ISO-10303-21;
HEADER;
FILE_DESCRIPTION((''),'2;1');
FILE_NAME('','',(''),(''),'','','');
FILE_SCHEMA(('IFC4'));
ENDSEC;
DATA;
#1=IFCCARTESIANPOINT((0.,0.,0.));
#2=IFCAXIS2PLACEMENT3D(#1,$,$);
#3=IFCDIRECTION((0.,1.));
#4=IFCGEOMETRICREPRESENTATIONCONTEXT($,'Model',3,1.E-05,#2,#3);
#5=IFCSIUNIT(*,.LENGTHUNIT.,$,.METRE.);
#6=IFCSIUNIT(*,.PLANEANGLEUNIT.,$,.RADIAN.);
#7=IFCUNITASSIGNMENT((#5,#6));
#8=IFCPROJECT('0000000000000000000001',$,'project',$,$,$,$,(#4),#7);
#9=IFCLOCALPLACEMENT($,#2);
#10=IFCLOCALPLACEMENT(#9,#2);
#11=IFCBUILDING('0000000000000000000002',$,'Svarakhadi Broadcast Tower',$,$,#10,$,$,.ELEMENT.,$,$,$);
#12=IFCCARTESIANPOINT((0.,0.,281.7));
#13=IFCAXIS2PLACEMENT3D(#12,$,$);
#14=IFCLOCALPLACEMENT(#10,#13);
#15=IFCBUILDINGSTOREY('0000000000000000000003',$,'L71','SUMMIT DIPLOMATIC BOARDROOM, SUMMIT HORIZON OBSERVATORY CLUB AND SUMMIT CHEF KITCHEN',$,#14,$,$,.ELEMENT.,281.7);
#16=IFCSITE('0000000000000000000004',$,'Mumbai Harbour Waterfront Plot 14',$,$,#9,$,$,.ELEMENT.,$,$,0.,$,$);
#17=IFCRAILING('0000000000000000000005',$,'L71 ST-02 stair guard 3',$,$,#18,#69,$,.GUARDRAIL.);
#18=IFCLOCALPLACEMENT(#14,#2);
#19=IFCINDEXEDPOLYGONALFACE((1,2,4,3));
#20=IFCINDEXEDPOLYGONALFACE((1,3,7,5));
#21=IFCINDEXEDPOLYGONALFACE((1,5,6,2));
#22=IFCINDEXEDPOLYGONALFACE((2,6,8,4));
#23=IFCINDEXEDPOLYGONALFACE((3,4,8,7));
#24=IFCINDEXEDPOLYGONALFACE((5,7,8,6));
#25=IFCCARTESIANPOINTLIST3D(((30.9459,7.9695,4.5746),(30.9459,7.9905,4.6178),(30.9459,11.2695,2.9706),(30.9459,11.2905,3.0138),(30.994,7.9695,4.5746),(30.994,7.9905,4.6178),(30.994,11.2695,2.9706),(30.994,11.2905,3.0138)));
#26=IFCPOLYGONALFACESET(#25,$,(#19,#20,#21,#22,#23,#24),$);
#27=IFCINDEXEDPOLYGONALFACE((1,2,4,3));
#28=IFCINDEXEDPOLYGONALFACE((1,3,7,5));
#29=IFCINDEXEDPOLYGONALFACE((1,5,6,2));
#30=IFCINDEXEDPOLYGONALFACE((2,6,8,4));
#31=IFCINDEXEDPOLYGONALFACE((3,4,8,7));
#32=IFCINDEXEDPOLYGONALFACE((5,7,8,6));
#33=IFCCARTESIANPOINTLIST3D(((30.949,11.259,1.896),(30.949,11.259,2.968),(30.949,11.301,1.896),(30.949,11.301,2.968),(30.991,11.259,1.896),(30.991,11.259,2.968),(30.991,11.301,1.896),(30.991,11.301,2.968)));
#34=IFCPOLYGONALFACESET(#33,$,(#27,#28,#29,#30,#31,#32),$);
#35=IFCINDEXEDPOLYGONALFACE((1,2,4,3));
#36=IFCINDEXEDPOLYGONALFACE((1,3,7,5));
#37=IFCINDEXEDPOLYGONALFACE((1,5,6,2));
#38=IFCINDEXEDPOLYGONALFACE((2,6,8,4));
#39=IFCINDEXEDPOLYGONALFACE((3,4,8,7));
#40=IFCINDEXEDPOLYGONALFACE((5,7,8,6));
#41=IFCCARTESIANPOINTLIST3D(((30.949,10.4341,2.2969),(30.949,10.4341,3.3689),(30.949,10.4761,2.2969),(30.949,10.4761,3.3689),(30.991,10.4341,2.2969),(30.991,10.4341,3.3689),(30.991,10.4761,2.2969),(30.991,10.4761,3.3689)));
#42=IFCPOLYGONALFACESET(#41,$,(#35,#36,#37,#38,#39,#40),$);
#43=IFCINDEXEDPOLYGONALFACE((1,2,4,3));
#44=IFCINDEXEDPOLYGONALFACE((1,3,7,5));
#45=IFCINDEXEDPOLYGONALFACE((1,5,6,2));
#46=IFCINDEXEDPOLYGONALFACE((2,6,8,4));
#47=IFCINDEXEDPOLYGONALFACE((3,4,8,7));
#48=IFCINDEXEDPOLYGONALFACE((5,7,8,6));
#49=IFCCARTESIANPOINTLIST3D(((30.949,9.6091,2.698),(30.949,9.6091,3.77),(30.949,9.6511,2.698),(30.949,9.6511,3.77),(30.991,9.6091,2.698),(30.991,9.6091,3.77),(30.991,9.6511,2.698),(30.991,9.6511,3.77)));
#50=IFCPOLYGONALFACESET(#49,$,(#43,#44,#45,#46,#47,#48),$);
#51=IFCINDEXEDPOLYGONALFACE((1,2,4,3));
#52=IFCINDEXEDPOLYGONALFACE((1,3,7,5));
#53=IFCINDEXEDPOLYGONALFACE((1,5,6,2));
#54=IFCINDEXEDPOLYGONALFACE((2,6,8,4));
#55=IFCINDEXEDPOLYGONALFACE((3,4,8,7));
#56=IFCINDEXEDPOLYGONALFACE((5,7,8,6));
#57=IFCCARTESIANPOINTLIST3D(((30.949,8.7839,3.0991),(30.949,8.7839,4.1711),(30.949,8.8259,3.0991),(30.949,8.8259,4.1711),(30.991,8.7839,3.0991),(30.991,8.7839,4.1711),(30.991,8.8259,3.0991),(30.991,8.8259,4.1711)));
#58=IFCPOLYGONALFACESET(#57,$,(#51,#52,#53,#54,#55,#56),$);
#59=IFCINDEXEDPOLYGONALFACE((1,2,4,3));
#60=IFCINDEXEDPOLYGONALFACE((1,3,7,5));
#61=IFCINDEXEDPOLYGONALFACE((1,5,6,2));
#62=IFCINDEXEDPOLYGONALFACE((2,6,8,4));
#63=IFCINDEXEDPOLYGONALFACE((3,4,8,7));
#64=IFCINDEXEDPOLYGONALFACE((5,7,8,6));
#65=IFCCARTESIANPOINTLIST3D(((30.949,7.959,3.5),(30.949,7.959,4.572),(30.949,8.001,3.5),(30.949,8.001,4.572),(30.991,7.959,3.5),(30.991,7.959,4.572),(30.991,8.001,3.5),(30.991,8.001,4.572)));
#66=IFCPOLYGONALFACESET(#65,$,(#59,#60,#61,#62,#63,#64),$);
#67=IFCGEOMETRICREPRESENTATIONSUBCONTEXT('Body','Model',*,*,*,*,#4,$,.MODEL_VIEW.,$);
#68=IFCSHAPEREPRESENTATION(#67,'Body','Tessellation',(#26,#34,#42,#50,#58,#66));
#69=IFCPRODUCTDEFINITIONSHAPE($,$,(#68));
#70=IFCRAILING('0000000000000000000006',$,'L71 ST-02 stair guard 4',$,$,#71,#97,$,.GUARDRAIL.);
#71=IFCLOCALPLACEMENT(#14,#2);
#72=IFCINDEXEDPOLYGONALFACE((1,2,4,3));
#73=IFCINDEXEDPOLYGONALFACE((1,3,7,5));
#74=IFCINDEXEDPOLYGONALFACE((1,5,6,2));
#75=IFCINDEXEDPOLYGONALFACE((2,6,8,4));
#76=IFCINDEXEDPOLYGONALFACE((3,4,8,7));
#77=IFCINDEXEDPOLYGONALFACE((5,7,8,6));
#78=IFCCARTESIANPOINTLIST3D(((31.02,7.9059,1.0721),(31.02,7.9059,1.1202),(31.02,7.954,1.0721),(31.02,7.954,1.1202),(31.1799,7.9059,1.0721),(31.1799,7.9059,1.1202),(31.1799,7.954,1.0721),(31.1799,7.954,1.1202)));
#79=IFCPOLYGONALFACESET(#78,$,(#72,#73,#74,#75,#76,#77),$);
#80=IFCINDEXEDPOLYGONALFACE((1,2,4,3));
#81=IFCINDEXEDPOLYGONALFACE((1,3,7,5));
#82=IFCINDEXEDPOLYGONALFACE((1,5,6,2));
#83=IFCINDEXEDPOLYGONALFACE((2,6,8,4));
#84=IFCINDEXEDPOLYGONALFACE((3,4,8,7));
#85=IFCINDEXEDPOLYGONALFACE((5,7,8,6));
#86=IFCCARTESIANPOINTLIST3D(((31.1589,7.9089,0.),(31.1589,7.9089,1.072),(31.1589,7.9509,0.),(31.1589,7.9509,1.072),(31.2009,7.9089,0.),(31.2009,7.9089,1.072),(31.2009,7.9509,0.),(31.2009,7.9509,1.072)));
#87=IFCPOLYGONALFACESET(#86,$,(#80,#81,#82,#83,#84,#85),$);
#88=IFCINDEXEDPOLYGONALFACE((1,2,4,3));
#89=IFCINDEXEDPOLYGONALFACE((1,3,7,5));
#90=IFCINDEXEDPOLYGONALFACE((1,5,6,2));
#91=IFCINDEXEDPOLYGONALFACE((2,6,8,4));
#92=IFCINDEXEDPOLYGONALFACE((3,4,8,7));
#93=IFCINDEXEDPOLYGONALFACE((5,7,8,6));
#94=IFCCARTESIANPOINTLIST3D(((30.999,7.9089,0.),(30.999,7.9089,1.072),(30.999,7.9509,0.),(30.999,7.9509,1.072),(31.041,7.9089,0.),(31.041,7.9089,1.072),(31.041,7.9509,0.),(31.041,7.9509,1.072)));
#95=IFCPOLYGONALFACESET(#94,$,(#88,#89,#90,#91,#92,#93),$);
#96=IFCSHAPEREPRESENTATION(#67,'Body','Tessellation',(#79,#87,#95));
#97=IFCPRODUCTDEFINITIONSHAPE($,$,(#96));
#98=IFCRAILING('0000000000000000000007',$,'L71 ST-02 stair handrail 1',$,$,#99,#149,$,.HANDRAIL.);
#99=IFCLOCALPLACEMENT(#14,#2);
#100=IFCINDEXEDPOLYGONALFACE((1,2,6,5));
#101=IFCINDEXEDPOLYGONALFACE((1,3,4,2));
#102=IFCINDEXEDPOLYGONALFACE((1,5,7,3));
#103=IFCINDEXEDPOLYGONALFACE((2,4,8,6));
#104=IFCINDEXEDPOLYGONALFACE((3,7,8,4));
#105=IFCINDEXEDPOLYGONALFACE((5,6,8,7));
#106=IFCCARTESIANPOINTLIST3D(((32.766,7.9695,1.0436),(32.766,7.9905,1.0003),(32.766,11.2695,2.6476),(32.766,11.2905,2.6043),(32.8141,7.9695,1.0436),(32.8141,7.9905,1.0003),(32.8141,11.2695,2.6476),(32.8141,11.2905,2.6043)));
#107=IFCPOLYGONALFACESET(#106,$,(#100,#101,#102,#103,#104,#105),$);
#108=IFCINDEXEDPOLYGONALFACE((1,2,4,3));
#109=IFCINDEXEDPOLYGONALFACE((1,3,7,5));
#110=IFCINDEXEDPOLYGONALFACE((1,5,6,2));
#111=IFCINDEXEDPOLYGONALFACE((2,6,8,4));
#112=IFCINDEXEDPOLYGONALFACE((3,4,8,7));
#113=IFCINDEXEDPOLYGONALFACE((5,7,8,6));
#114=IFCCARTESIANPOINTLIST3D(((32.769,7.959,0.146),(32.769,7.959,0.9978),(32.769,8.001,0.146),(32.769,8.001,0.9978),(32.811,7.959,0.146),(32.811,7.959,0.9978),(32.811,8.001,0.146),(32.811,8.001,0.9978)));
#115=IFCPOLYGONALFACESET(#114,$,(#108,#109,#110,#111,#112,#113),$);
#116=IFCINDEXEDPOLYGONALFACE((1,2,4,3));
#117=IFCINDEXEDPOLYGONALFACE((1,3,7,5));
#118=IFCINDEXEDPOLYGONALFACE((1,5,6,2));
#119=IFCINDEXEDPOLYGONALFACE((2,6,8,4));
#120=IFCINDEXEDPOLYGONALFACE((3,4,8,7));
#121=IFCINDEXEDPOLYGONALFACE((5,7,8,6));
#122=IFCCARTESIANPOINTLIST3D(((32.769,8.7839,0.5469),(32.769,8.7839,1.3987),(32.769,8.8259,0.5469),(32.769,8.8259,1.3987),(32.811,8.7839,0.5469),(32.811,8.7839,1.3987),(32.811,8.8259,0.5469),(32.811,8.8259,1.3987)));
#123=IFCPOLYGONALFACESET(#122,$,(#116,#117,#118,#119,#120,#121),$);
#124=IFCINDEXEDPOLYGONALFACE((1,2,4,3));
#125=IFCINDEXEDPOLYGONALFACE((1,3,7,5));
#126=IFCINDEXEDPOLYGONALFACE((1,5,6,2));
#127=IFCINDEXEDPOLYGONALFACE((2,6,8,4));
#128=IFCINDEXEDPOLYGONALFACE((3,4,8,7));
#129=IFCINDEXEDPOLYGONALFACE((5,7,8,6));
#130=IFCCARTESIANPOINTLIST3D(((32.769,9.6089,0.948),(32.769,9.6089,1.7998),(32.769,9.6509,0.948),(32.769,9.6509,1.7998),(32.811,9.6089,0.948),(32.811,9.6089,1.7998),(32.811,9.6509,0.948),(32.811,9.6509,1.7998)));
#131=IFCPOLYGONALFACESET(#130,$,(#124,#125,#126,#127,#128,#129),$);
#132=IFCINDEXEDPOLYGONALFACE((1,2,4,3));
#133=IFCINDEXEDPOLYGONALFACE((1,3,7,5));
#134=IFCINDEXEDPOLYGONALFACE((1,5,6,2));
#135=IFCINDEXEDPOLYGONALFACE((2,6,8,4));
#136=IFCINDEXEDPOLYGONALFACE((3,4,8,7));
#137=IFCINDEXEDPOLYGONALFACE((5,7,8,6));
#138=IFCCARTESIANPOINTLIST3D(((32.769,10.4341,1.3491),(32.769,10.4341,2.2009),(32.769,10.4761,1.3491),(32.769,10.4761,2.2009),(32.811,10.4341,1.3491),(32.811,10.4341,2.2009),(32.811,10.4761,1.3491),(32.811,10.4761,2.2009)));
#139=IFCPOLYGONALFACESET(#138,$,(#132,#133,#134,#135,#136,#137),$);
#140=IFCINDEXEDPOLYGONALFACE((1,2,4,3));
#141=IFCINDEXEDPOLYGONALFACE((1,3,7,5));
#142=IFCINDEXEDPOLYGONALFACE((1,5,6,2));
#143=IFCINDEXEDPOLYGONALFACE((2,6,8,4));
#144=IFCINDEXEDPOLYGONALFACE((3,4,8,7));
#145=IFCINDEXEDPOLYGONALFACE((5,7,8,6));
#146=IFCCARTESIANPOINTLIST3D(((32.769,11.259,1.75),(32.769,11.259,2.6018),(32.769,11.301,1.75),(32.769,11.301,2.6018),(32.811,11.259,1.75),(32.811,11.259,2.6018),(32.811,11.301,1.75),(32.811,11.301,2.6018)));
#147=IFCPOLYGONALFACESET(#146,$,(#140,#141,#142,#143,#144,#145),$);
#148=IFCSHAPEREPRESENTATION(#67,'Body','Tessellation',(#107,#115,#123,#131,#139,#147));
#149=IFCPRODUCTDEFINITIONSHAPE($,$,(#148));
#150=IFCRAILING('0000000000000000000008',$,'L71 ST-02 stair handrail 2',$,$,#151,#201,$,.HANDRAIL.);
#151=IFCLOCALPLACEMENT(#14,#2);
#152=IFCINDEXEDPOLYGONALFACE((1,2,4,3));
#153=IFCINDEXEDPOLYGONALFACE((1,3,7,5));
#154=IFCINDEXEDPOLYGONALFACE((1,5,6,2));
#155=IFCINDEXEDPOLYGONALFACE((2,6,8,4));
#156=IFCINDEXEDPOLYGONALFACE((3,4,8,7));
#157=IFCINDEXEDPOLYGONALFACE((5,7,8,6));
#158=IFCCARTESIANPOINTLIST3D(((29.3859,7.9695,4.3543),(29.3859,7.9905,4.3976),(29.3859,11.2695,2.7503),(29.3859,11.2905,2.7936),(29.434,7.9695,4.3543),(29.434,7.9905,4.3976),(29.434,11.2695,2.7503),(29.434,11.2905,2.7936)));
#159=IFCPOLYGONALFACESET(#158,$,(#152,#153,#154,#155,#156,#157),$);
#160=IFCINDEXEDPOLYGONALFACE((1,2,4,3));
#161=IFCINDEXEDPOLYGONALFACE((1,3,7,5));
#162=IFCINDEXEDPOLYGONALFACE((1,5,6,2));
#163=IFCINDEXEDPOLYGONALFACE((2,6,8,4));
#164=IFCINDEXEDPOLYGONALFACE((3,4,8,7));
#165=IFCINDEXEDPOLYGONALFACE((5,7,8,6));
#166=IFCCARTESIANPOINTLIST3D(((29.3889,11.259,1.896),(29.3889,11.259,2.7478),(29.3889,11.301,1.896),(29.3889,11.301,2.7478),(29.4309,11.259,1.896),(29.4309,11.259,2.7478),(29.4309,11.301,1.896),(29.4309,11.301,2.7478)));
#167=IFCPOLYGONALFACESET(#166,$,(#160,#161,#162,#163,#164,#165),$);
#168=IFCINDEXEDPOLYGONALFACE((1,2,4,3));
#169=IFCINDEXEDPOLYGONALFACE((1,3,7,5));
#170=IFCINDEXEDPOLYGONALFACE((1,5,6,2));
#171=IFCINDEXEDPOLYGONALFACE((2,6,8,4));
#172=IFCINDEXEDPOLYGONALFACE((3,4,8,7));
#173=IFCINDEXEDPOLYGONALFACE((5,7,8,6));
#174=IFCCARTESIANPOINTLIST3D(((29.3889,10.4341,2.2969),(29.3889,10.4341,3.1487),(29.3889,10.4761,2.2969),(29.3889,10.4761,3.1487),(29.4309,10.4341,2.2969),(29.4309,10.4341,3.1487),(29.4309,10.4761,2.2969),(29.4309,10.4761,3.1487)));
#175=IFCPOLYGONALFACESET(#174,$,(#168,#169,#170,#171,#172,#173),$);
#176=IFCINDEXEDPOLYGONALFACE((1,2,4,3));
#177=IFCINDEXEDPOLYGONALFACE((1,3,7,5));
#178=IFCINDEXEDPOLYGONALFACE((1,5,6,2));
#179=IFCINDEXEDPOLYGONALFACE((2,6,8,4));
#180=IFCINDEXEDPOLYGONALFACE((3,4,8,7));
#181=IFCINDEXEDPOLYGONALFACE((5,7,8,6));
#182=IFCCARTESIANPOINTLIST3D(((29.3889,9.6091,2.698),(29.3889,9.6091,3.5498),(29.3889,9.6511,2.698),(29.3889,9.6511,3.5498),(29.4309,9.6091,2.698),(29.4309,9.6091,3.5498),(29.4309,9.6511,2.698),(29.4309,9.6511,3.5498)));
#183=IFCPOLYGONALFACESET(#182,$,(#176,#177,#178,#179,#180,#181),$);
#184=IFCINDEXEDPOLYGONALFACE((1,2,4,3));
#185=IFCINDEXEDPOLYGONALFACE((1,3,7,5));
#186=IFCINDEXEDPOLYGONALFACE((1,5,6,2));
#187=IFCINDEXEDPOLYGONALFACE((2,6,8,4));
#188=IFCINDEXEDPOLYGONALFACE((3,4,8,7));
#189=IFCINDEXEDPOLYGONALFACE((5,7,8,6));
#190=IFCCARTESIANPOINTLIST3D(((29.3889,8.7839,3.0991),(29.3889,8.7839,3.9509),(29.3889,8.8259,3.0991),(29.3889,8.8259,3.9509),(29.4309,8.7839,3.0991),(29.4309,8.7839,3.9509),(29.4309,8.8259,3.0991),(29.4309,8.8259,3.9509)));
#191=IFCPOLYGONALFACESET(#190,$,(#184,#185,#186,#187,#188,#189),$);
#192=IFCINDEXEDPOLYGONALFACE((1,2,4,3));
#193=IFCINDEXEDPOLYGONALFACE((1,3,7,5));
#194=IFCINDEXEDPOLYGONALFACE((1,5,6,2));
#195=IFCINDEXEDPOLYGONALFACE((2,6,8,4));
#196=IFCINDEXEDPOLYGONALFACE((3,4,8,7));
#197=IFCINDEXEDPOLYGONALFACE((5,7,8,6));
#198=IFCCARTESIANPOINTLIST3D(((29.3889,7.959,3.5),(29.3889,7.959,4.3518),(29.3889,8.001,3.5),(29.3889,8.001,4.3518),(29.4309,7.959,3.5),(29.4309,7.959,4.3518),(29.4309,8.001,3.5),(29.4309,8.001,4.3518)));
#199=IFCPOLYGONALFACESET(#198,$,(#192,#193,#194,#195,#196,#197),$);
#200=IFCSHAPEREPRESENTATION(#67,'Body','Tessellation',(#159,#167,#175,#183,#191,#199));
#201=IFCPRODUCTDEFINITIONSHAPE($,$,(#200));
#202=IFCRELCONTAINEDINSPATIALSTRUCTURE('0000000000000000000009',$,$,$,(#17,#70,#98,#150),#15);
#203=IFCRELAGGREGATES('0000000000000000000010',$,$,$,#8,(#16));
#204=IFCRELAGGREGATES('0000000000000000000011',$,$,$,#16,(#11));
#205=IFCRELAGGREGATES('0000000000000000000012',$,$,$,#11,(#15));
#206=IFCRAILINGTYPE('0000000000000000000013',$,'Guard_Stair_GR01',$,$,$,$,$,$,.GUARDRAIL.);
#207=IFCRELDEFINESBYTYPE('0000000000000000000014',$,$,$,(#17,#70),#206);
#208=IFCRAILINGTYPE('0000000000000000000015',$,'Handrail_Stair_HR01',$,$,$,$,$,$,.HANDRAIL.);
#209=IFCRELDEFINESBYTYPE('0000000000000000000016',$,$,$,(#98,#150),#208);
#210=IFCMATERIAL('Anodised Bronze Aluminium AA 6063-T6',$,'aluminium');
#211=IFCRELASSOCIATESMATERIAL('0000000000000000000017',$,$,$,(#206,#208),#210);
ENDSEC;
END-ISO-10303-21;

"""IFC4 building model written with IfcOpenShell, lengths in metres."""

from ifc_helpers import new_model, si_unit, direction, frame, origin, origin_2d, place, context, subcontext, project, spatial, rectangle, extrude, material, type_object, element, save


model = new_model("IFC4")

# Units and contexts
model_context = context("Model", 3, precision=1e-05, world=origin(), true_north=direction((0.0, 1.0)))
body_context = subcontext(model_context, "Body", "Model", "MODEL_VIEW")
ifc_project = project(units=[si_unit("LENGTHUNIT", "METRE"), si_unit("PLANEANGLEUNIT", "RADIAN")], contexts=[model_context])

# Site, building, storey
site_placement = place(None, origin())
site = spatial("IfcSite", under=ifc_project, at=site_placement, Name="Mumbai Harbour Waterfront Plot 14", CompositionType="ELEMENT", RefElevation=0.0)
building_placement = place(site_placement, origin())
building = spatial("IfcBuilding", under=site, at=building_placement, Name="Svarakhadi Broadcast Tower", CompositionType="ELEMENT")
storey_placement = place(building_placement, frame((0.0, 0.0, 281.7)))
storey = spatial("IfcBuildingStorey", under=building, at=storey_placement, Name="L71", Description="SUMMIT DIPLOMATIC BOARDROOM, SUMMIT HORIZON OBSERVATORY CLUB AND SUMMIT CHEF KITCHEN", CompositionType="ELEMENT", Elevation=281.7)

# Shared definitions
ifc_material_1 = material(Name="Anodised Bronze Aluminium AA 6063-T6", Category="aluminium")

# Railings
railing_type_1 = type_object("IfcRailingType", Name="Guard_Stair_GR01", PredefinedType="GUARDRAIL", material=ifc_material_1)
railing_1_placement = place(storey_placement, frame((30.97, 11.28, 1.896)))
element("IfcRailing", 1, at=railing_1_placement, inside=storey, type_object=railing_type_1, Name="L71 ST-02 stair guard 3", PredefinedType="GUARDRAIL", context=body_context, shape_type="SweptSolid", body=[
    extrude(rectangle(XDim=0.0481, YDim=0.0481, at=origin_2d()), frame((0.0, 0.0, 1.0962), z_axis=(0.0, -0.899388, 0.437152), x_axis=(1.0, 0.0, 0.0)), (0.0, 0.0, 1.0), 3.6692),
    extrude(rectangle(XDim=0.042, YDim=0.042, at=origin_2d()), origin(), (0.0, 0.0, 1.0), 1.072),
    extrude(rectangle(XDim=0.042, YDim=0.042, at=origin_2d()), frame((0.0, -0.825, 0.4009)), (0.0, 0.0, 1.0), 1.072),
    extrude(rectangle(XDim=0.042, YDim=0.042, at=origin_2d()), frame((0.0, -1.6499, 0.802)), (0.0, 0.0, 1.0), 1.072),
    extrude(rectangle(XDim=0.042, YDim=0.042, at=origin_2d()), frame((0.0, -2.4751, 1.2031)), (0.0, 0.0, 1.0), 1.072),
    extrude(rectangle(XDim=0.042, YDim=0.042, at=origin_2d()), frame((0.0, -3.3, 1.604)), (0.0, 0.0, 1.0), 1.072),
])
railing_2_placement = place(storey_placement, frame((31.1799, 7.9299, 0.0)))
element("IfcRailing", 2, at=railing_2_placement, inside=storey, type_object=railing_type_1, Name="L71 ST-02 stair guard 4", PredefinedType="GUARDRAIL", context=body_context, shape_type="SweptSolid", body=[
    extrude(rectangle(XDim=0.0481, YDim=0.0481, at=origin_2d()), frame((0.0, 0.0, 1.0962), z_axis=(-1.0, 0.0, 0.0), x_axis=(0.0, -1.0, 0.0)), (0.0, 0.0, 1.0), 0.1599),
    extrude(rectangle(XDim=0.042, YDim=0.042, at=origin_2d()), origin(), (0.0, 0.0, 1.0), 1.072),
    extrude(rectangle(XDim=0.042, YDim=0.042, at=origin_2d()), frame((-0.1599, 0.0, 0.0)), (0.0, 0.0, 1.0), 1.072),
])
railing_type_2 = type_object("IfcRailingType", Name="Handrail_Stair_HR01", PredefinedType="HANDRAIL", material=ifc_material_1)
railing_3_placement = place(storey_placement, frame((32.79, 7.98, 0.146)))
element("IfcRailing", 3, at=railing_3_placement, inside=storey, type_object=railing_type_2, Name="L71 ST-02 stair handrail 1", PredefinedType="HANDRAIL", context=body_context, shape_type="SweptSolid", body=[
    extrude(rectangle(XDim=0.0481, YDim=0.0481, at=origin_2d()), frame((0.0, 0.0, 0.876), z_axis=(0.0, 0.899388, 0.437152), x_axis=(-1.0, 0.0, 0.0)), (0.0, 0.0, 1.0), 3.6692),
    extrude(rectangle(XDim=0.042, YDim=0.042, at=origin_2d()), origin(), (0.0, 0.0, 1.0), 0.8518),
    extrude(rectangle(XDim=0.042, YDim=0.042, at=origin_2d()), frame((0.0, 0.825, 0.4009)), (0.0, 0.0, 1.0), 0.8518),
    extrude(rectangle(XDim=0.042, YDim=0.042, at=origin_2d()), frame((0.0, 1.6499, 0.802)), (0.0, 0.0, 1.0), 0.8518),
    extrude(rectangle(XDim=0.042, YDim=0.042, at=origin_2d()), frame((0.0, 2.4751, 1.2031)), (0.0, 0.0, 1.0), 0.8518),
    extrude(rectangle(XDim=0.042, YDim=0.042, at=origin_2d()), frame((0.0, 3.3, 1.604)), (0.0, 0.0, 1.0), 0.8518),
])
railing_4_placement = place(storey_placement, frame((29.4099, 11.28, 1.896)))
element("IfcRailing", 4, at=railing_4_placement, inside=storey, type_object=railing_type_2, Name="L71 ST-02 stair handrail 2", PredefinedType="HANDRAIL", context=body_context, shape_type="SweptSolid", body=[
    extrude(rectangle(XDim=0.0481, YDim=0.0481, at=origin_2d()), frame((0.0, 0.0, 0.876), z_axis=(0.0, -0.899388, 0.437152), x_axis=(1.0, 0.0, 0.0)), (0.0, 0.0, 1.0), 3.6692),
    extrude(rectangle(XDim=0.042, YDim=0.042, at=origin_2d()), origin(), (0.0, 0.0, 1.0), 0.8518),
    extrude(rectangle(XDim=0.042, YDim=0.042, at=origin_2d()), frame((0.0, -0.825, 0.4009)), (0.0, 0.0, 1.0), 0.8518),
    extrude(rectangle(XDim=0.042, YDim=0.042, at=origin_2d()), frame((0.0, -1.6499, 0.802)), (0.0, 0.0, 1.0), 0.8518),
    extrude(rectangle(XDim=0.042, YDim=0.042, at=origin_2d()), frame((0.0, -2.4751, 1.2031)), (0.0, 0.0, 1.0), 0.8518),
    extrude(rectangle(XDim=0.042, YDim=0.042, at=origin_2d()), frame((0.0, -3.3, 1.604)), (0.0, 0.0, 1.0), 0.8518),
])

save(model, "model.ifc")
